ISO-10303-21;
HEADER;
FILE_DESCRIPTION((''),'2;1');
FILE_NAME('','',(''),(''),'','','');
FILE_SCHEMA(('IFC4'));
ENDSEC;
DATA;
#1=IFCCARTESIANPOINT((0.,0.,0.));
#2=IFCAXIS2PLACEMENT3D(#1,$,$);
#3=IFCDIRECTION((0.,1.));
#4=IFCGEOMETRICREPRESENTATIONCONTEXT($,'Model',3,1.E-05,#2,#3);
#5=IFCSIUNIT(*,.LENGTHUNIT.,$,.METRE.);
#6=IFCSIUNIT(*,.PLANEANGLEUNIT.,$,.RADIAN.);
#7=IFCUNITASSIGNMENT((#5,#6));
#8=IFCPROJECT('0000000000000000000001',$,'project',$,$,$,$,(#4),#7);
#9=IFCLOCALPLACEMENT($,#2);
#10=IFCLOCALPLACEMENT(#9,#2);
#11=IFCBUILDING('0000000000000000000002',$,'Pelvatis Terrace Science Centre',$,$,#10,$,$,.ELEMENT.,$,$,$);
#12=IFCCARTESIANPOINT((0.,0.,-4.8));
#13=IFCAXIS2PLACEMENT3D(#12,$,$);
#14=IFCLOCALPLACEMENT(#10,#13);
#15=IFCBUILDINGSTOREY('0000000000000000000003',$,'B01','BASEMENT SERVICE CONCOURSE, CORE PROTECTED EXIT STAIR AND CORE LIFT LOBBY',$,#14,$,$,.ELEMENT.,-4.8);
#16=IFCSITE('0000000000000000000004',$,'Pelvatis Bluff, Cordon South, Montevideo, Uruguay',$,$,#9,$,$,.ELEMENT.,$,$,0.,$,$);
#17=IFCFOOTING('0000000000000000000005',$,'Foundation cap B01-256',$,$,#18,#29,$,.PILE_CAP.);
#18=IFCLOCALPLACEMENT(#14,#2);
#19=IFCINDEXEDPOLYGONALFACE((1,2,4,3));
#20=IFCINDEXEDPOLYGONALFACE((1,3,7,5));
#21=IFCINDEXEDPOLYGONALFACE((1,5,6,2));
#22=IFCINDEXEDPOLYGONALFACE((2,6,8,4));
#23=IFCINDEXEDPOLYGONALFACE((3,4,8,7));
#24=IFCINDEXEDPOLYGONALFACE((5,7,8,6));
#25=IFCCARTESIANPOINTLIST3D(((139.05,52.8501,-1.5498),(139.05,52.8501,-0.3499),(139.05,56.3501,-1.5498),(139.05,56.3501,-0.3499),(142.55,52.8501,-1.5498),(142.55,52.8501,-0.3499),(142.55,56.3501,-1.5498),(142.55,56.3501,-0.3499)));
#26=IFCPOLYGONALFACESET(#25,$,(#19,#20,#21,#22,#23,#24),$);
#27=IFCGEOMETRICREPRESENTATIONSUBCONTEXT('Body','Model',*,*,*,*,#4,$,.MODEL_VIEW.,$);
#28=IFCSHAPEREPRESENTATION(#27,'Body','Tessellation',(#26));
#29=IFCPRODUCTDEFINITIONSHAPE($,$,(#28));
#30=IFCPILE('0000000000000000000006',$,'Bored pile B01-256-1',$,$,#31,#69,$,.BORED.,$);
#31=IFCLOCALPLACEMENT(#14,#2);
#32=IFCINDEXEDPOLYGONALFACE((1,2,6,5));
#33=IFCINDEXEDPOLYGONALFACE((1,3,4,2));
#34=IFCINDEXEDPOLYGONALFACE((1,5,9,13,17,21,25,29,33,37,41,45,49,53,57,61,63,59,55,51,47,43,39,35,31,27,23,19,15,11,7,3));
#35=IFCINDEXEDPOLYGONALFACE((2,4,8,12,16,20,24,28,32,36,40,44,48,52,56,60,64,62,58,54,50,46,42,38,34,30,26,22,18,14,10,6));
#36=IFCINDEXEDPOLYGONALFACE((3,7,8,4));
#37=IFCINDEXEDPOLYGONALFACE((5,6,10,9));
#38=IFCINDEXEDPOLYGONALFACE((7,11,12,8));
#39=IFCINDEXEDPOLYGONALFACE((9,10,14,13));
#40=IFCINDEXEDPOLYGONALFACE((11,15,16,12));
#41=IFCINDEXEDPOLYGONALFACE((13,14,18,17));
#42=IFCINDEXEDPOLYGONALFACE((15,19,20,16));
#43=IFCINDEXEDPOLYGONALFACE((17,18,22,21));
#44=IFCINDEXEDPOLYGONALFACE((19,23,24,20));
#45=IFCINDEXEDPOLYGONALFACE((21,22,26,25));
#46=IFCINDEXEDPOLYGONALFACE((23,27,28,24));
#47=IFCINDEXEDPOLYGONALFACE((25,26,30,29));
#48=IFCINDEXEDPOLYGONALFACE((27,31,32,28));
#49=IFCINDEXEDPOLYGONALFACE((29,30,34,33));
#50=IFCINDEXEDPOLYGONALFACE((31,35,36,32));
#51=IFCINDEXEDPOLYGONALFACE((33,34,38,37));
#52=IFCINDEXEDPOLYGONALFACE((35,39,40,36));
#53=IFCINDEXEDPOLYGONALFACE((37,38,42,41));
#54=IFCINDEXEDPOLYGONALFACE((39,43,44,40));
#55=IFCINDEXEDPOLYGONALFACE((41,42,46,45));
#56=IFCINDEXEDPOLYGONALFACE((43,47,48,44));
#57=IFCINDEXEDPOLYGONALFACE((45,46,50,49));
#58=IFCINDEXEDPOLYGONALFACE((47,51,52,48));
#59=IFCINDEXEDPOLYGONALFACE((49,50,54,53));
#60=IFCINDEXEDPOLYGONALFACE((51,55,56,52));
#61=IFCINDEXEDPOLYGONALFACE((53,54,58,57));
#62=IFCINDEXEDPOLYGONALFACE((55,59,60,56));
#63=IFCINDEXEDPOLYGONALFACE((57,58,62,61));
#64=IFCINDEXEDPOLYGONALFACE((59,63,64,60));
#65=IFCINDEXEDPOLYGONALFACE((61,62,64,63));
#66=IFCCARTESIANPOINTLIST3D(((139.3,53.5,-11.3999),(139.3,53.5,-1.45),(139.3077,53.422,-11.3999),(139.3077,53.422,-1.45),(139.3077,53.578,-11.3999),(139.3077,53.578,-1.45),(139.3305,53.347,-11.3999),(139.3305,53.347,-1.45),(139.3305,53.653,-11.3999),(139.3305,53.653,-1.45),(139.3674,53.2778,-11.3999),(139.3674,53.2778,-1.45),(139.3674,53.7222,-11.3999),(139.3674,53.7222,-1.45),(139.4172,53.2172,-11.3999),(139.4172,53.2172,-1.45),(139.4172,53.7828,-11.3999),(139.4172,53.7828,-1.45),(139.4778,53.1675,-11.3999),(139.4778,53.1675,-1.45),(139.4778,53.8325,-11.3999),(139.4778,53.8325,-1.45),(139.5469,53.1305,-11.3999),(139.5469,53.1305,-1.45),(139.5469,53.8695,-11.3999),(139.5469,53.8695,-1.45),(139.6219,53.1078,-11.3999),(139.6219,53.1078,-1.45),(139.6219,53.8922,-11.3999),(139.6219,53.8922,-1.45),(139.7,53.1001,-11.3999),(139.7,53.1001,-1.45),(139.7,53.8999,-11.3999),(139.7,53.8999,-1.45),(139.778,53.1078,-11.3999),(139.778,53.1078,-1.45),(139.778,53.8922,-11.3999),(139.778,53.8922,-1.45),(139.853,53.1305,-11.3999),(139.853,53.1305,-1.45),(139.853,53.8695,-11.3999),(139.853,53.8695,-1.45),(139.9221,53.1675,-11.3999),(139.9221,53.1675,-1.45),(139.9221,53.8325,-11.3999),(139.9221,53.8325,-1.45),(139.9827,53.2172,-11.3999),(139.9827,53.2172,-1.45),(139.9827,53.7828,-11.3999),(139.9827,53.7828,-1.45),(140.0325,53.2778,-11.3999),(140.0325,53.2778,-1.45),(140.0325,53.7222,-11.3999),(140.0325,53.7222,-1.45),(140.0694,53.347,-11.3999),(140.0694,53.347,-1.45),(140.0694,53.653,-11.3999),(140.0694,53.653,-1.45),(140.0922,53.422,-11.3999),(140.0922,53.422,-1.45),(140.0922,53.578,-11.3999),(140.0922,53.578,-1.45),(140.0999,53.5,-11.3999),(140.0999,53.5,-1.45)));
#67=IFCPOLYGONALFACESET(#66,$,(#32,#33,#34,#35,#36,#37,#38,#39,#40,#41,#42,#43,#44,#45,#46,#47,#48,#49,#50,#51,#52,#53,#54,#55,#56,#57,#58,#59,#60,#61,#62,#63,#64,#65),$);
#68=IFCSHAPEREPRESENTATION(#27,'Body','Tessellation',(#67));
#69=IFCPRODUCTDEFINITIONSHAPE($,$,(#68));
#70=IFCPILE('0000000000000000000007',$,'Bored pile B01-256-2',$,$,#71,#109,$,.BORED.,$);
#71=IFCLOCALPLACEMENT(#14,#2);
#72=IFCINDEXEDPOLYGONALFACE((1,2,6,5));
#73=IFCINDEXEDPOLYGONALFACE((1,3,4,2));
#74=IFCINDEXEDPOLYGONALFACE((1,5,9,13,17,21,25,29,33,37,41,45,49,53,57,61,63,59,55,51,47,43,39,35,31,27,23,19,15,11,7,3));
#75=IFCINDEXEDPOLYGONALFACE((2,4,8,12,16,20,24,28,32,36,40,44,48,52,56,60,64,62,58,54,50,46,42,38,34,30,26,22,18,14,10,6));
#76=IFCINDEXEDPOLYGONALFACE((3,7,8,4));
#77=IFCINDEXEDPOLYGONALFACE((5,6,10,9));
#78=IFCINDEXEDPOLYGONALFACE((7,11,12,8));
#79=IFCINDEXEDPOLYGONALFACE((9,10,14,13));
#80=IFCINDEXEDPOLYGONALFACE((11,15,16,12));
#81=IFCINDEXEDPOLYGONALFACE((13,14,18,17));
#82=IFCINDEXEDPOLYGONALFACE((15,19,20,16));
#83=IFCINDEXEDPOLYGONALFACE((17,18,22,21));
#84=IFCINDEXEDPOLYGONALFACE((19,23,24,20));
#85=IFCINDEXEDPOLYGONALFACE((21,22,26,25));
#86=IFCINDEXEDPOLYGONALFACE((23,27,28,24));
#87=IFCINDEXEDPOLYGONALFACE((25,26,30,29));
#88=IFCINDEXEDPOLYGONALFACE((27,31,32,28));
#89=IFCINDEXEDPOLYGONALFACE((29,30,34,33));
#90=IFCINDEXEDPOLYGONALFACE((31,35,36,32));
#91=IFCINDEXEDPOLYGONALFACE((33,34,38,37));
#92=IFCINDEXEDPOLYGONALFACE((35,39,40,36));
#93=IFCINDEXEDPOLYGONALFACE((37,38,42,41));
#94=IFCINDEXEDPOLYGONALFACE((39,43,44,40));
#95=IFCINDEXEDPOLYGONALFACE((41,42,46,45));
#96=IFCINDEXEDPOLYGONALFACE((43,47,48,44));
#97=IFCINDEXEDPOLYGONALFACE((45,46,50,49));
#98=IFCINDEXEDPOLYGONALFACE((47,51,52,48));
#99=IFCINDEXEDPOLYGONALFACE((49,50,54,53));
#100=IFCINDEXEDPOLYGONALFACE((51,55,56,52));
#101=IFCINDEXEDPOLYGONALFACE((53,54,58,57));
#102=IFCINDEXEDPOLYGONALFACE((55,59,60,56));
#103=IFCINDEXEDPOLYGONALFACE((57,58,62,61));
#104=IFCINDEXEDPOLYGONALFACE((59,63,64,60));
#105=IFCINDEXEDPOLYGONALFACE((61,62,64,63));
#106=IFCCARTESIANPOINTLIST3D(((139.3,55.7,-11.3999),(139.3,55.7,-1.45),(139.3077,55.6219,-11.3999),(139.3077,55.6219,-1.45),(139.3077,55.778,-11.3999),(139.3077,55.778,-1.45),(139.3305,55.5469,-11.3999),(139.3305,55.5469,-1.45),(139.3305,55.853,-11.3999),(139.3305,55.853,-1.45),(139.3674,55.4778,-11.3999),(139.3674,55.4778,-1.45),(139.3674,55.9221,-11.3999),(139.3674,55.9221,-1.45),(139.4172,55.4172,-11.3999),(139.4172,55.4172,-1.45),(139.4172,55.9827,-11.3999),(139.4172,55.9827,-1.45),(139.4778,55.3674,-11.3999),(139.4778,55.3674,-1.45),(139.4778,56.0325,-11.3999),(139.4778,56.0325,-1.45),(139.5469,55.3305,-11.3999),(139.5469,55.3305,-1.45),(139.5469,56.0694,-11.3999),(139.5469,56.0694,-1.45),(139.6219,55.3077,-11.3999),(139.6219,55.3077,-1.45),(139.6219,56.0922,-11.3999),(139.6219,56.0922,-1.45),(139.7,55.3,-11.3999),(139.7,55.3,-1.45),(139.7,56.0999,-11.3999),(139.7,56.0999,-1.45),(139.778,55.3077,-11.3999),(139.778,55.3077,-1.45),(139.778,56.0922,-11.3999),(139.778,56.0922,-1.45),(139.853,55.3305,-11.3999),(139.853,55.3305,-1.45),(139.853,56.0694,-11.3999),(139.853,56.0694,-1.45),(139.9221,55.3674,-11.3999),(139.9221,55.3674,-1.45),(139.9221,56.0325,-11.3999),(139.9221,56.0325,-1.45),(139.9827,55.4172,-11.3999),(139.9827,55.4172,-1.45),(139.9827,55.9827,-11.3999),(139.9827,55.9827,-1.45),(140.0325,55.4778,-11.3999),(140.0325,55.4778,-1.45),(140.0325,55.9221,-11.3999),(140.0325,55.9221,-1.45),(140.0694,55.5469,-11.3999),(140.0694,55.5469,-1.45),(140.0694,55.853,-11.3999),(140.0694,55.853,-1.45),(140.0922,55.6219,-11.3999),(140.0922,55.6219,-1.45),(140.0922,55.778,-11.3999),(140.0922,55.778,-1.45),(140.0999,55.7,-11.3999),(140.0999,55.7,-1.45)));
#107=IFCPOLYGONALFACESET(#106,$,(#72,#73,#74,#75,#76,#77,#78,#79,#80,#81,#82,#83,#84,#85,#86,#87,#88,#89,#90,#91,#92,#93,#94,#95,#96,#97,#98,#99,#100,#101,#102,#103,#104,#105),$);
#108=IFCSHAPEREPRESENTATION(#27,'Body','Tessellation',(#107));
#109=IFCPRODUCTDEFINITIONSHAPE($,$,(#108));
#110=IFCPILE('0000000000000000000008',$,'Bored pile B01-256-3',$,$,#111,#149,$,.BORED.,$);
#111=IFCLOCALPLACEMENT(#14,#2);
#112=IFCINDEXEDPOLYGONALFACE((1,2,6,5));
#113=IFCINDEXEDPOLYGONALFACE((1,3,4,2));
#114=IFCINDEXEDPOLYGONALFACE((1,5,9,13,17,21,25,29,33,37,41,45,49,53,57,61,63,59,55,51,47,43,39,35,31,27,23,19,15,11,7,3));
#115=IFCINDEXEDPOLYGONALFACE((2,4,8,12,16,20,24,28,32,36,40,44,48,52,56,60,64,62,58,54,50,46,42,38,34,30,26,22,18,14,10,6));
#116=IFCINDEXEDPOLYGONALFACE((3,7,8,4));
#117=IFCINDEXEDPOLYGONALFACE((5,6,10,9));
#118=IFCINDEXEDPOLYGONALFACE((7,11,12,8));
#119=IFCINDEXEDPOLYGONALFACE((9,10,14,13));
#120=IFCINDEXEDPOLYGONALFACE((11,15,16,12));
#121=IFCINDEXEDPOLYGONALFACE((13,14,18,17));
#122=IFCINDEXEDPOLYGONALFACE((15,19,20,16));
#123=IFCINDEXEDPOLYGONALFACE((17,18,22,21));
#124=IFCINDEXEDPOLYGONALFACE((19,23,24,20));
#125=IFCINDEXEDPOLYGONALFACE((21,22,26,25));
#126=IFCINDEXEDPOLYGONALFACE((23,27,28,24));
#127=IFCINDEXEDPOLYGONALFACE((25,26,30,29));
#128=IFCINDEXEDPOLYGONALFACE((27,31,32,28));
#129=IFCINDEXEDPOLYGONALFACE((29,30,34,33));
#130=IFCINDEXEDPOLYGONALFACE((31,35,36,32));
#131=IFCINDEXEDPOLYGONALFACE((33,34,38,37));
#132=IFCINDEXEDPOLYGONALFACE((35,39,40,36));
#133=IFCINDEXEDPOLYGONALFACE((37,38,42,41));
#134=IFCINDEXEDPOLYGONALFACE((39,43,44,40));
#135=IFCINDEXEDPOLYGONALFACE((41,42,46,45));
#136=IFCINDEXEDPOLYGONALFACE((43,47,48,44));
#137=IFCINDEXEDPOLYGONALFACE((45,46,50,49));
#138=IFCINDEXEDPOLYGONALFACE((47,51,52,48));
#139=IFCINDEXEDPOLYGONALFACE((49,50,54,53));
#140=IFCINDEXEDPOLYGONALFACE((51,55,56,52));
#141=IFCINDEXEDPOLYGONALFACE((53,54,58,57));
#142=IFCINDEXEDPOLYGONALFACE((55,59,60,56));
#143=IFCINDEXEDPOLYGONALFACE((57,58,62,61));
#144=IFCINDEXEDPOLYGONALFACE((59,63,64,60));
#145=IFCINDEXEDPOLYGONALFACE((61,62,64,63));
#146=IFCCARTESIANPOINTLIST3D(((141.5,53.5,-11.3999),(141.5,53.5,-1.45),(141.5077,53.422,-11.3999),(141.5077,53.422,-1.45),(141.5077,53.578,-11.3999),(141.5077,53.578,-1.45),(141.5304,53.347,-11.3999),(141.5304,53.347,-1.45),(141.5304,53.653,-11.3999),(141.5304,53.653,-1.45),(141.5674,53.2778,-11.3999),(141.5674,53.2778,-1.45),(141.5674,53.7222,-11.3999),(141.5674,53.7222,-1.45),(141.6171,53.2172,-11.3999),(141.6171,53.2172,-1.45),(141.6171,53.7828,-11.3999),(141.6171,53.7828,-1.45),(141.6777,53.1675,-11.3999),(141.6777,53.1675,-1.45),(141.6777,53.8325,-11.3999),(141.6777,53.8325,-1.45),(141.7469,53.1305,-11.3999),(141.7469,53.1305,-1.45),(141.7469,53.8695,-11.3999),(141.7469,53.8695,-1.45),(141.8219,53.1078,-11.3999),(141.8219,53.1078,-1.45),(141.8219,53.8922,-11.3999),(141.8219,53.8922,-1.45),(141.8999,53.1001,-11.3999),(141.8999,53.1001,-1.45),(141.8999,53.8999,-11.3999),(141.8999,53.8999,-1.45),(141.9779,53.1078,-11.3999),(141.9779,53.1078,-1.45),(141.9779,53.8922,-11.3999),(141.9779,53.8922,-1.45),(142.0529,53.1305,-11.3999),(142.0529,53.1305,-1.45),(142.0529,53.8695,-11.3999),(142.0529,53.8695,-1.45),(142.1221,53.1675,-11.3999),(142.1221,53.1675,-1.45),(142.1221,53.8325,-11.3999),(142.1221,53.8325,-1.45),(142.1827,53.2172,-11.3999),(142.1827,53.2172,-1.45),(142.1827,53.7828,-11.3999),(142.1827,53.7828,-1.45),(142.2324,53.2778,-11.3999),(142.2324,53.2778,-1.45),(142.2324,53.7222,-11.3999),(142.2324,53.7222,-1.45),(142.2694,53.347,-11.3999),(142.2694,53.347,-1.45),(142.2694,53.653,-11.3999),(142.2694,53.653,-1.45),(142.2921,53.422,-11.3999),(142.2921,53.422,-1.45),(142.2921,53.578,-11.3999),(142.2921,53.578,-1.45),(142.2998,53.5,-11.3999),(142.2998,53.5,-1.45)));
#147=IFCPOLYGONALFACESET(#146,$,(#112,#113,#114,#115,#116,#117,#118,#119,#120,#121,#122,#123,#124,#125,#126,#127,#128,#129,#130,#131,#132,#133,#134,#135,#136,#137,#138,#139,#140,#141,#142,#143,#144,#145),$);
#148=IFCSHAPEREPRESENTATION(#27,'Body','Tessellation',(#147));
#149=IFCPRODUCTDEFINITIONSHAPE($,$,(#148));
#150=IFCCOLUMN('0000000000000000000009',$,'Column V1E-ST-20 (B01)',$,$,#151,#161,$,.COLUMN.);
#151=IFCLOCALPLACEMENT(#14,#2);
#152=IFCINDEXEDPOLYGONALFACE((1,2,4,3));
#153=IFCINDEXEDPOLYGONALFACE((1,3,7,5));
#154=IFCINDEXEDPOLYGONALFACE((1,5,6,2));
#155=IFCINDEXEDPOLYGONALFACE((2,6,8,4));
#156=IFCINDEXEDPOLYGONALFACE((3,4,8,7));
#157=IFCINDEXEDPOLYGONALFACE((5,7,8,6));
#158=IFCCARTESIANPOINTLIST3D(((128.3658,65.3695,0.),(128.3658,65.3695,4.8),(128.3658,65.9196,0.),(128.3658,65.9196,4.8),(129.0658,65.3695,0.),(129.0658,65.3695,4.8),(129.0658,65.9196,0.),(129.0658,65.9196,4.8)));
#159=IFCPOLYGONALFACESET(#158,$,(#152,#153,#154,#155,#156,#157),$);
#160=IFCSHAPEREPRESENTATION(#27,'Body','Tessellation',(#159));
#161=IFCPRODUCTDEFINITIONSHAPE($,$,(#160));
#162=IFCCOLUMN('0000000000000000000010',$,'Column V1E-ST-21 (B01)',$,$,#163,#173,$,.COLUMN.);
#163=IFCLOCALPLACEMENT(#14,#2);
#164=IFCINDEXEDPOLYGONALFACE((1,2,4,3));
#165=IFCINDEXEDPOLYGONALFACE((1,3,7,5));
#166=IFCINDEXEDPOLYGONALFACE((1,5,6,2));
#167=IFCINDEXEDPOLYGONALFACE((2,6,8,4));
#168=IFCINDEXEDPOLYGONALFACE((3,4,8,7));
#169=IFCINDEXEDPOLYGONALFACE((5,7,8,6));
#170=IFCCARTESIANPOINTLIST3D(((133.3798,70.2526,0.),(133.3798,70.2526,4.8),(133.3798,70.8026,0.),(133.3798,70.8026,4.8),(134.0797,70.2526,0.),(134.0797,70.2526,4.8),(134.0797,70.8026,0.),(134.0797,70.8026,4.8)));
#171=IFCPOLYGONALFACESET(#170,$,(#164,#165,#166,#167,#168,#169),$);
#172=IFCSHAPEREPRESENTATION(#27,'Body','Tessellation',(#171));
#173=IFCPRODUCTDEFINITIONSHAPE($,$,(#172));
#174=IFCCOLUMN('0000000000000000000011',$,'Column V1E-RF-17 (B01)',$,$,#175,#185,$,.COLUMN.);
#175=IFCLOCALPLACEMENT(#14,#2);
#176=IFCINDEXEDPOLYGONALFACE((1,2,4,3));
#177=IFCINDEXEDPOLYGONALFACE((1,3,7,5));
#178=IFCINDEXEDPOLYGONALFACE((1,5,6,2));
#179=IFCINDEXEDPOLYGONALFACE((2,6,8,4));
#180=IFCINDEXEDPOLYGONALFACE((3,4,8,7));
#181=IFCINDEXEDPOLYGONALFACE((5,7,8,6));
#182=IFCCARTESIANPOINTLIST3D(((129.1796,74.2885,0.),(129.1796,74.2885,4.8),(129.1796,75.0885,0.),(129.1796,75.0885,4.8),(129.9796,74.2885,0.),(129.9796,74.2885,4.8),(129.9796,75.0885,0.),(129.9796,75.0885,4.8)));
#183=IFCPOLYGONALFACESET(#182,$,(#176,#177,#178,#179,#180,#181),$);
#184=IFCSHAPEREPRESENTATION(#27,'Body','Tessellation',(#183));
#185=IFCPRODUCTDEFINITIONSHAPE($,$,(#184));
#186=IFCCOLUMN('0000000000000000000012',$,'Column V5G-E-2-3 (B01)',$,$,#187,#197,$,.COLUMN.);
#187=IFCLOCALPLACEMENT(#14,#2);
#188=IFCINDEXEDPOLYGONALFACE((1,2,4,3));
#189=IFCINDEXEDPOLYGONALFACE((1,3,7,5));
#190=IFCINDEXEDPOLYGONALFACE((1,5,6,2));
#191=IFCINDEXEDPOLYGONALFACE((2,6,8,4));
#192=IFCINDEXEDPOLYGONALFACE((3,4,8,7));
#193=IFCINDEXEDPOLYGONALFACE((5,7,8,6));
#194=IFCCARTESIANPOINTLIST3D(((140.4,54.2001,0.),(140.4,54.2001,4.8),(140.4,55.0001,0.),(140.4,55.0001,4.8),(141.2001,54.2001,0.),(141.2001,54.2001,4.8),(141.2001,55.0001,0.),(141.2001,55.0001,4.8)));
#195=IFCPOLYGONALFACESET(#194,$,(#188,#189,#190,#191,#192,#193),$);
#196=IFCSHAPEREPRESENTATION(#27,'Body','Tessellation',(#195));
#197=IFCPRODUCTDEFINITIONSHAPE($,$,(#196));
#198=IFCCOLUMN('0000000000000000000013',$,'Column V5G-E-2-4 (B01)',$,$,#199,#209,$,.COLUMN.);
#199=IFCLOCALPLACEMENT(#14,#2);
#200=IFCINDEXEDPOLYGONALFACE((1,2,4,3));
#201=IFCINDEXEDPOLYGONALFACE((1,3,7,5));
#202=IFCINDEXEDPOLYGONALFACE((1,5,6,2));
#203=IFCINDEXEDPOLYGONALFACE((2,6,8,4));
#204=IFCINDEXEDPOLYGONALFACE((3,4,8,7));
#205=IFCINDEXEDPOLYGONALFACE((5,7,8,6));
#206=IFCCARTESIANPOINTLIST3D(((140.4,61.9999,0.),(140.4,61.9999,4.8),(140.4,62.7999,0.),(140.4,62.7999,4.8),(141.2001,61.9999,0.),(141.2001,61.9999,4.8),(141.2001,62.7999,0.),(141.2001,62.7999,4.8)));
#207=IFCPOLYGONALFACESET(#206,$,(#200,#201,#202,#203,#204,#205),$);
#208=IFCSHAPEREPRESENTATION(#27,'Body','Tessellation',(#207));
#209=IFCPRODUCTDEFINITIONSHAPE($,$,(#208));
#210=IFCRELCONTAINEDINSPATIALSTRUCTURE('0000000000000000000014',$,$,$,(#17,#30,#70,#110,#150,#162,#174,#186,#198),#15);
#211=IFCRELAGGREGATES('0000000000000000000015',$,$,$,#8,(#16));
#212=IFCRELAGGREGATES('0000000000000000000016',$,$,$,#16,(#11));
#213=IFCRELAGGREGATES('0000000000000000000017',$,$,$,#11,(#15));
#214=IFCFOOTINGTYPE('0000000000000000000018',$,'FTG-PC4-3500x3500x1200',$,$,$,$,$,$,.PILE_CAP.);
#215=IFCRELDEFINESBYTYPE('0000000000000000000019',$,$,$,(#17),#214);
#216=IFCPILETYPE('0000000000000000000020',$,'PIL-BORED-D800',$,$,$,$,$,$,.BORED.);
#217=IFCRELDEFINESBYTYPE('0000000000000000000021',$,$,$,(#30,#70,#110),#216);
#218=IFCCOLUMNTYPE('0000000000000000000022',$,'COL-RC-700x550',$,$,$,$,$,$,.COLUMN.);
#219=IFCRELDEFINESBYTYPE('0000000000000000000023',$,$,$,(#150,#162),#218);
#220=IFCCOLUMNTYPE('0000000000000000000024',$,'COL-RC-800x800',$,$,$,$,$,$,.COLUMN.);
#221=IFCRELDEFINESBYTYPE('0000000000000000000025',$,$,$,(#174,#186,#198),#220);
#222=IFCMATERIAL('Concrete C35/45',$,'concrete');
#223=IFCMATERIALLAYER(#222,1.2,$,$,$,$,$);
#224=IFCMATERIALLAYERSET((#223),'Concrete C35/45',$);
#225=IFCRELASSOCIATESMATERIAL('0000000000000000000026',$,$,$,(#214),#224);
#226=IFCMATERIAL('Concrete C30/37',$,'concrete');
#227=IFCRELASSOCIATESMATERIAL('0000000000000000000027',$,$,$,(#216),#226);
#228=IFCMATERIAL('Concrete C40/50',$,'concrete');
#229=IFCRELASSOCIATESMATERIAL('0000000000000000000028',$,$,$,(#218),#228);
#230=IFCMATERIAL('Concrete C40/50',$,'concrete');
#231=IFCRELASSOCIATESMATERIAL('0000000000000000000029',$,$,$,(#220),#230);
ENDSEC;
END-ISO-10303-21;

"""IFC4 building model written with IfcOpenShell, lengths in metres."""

from ifc_helpers import new_model, si_unit, direction, frame, origin, origin_2d, place, context, subcontext, project, spatial, rectangle, circle, extrude, material, layer, layer_set, material_profile, profile_set, type_object, element, save


model = new_model("IFC4")

# Units and contexts
model_context = context("Model", 3, precision=1e-05, world=origin(), true_north=direction((0.0, 1.0)))
body_context = subcontext(model_context, "Body", "Model", "MODEL_VIEW")
ifc_project = project(units=[si_unit("LENGTHUNIT", "METRE"), si_unit("PLANEANGLEUNIT", "RADIAN")], contexts=[model_context])

# Site, building, storey
site_placement = place(None, origin())
site = spatial("IfcSite", under=ifc_project, at=site_placement, Name="Pelvatis Bluff, Cordon South, Montevideo, Uruguay", CompositionType="ELEMENT", RefElevation=0.0)
building_placement = place(site_placement, origin())
building = spatial("IfcBuilding", under=site, at=building_placement, Name="Pelvatis Terrace Science Centre", CompositionType="ELEMENT")
storey_placement = place(building_placement, frame((0.0, 0.0, -4.8)))
storey = spatial("IfcBuildingStorey", under=building, at=storey_placement, Name="B01", Description="BASEMENT SERVICE CONCOURSE, CORE PROTECTED EXIT STAIR AND CORE LIFT LOBBY", CompositionType="ELEMENT", Elevation=-4.8)

# Footing
ifc_material_1 = material(Name="Concrete C35/45", Category="concrete")
ifc_layer_1 = layer(ifc_material_1, 1.2)
ifc_layer_set_1 = layer_set([ifc_layer_1], Name="Concrete C35/45")
footing_type = type_object("IfcFootingType", Name="FTG-PC4-3500x3500x1200", PredefinedType="PILE_CAP", material=ifc_layer_set_1)
footing_placement = place(storey_placement, frame((140.8, 54.6001, -1.5498), z_axis=(0.0, 0.0, 1.0), x_axis=(1.0, 0.0, 0.0)))
element("IfcFooting", 1, at=footing_placement, inside=storey, type_object=footing_type, Name="Foundation cap B01-256", PredefinedType="PILE_CAP", context=body_context, shape_type="SweptSolid", body=[
    extrude(rectangle(XDim=3.5, YDim=3.5, at=origin_2d()), origin(), (0.0, 0.0, 1.0), 1.2),
])

# Piles
ifc_material_2 = material(Name="Concrete C30/37", Category="concrete")
ifc_material_profile_1 = material_profile(ifc_material_2, circle(Radius=0.3999, at=origin_2d()), Name="PILE D800")
ifc_profile_set_1 = profile_set([ifc_material_profile_1], Name="Concrete C30/37")
pile_type = type_object("IfcPileType", Name="PIL-BORED-D800", PredefinedType="BORED", material=ifc_profile_set_1)
for number, where, z_axis, x_axis, name in (
    (2, (139.7, 53.5, -1.45), (0.0, 0.0, -1.0), (1.0, 0.0, 0.0), "Bored pile B01-256-1"),
    (3, (139.7, 55.7, -1.45), (0.0, 0.0, -1.0), (1.0, 0.0, 0.0), "Bored pile B01-256-2"),
    (4, (141.8999, 53.5, -1.45), (0.0, 0.0, -1.0), (1.0, 0.0, 0.0), "Bored pile B01-256-3"),
):
    element("IfcPile", number, at=place(storey_placement, frame(where, z_axis=z_axis, x_axis=x_axis)), inside=storey, type_object=pile_type, Name=name, PredefinedType="BORED", context=body_context, shape_type="SweptSolid", body=[
        extrude(circle(Radius=0.3999, at=origin_2d()), origin(), (0.0, 0.0, 1.0), 9.95),
    ])

# Columns
ifc_material_3 = material(Name="Concrete C40/50", Category="concrete")
ifc_material_profile_2 = material_profile(ifc_material_3, rectangle(XDim=0.7, YDim=0.55, at=origin_2d()), Name="RC-COL 700x550")
ifc_profile_set_2 = profile_set([ifc_material_profile_2], Name="Concrete C40/50")
column_type_1 = type_object("IfcColumnType", Name="COL-RC-700x550", PredefinedType="COLUMN", material=ifc_profile_set_2)
for number, where, z_axis, x_axis, name in (
    (5, (128.7158, 65.6445, 0.0), (0.0, 0.0, 1.0), (1.0, 0.0, 0.0), "Column V1E-ST-20 (B01)"),
    (6, (133.7297, 70.5276, 0.0), (0.0, 0.0, 1.0), (1.0, 0.0, 0.0), "Column V1E-ST-21 (B01)"),
):
    element("IfcColumn", number, at=place(storey_placement, frame(where, z_axis=z_axis, x_axis=x_axis)), inside=storey, type_object=column_type_1, Name=name, PredefinedType="COLUMN", context=body_context, shape_type="SweptSolid", body=[
        extrude(rectangle(XDim=0.7, YDim=0.55, at=origin_2d()), origin(), (0.0, 0.0, 1.0), 4.8),
    ])
ifc_material_4 = material(Name="Concrete C40/50", Category="concrete")
ifc_material_profile_3 = material_profile(ifc_material_4, rectangle(XDim=0.8, YDim=0.8, at=origin_2d()), Name="RC-COL 800x800")
ifc_profile_set_3 = profile_set([ifc_material_profile_3], Name="Concrete C40/50")
column_type_2 = type_object("IfcColumnType", Name="COL-RC-800x800", PredefinedType="COLUMN", material=ifc_profile_set_3)
for number, where, z_axis, x_axis, name in (
    (7, (129.5796, 74.6885, 0.0), (0.0, 0.0, 1.0), (1.0, 0.0, 0.0), "Column V1E-RF-17 (B01)"),
    (8, (140.8, 54.6001, 0.0), (0.0, 0.0, 1.0), (1.0, 0.0, 0.0), "Column V5G-E-2-3 (B01)"),
    (9, (140.8, 62.3999, 0.0), (0.0, 0.0, 1.0), (1.0, 0.0, 0.0), "Column V5G-E-2-4 (B01)"),
):
    element("IfcColumn", number, at=place(storey_placement, frame(where, z_axis=z_axis, x_axis=x_axis)), inside=storey, type_object=column_type_2, Name=name, PredefinedType="COLUMN", context=body_context, shape_type="SweptSolid", body=[
        extrude(rectangle(XDim=0.8, YDim=0.8, at=origin_2d()), origin(), (0.0, 0.0, 1.0), 4.8),
    ])

save(model, "model.ifc")
